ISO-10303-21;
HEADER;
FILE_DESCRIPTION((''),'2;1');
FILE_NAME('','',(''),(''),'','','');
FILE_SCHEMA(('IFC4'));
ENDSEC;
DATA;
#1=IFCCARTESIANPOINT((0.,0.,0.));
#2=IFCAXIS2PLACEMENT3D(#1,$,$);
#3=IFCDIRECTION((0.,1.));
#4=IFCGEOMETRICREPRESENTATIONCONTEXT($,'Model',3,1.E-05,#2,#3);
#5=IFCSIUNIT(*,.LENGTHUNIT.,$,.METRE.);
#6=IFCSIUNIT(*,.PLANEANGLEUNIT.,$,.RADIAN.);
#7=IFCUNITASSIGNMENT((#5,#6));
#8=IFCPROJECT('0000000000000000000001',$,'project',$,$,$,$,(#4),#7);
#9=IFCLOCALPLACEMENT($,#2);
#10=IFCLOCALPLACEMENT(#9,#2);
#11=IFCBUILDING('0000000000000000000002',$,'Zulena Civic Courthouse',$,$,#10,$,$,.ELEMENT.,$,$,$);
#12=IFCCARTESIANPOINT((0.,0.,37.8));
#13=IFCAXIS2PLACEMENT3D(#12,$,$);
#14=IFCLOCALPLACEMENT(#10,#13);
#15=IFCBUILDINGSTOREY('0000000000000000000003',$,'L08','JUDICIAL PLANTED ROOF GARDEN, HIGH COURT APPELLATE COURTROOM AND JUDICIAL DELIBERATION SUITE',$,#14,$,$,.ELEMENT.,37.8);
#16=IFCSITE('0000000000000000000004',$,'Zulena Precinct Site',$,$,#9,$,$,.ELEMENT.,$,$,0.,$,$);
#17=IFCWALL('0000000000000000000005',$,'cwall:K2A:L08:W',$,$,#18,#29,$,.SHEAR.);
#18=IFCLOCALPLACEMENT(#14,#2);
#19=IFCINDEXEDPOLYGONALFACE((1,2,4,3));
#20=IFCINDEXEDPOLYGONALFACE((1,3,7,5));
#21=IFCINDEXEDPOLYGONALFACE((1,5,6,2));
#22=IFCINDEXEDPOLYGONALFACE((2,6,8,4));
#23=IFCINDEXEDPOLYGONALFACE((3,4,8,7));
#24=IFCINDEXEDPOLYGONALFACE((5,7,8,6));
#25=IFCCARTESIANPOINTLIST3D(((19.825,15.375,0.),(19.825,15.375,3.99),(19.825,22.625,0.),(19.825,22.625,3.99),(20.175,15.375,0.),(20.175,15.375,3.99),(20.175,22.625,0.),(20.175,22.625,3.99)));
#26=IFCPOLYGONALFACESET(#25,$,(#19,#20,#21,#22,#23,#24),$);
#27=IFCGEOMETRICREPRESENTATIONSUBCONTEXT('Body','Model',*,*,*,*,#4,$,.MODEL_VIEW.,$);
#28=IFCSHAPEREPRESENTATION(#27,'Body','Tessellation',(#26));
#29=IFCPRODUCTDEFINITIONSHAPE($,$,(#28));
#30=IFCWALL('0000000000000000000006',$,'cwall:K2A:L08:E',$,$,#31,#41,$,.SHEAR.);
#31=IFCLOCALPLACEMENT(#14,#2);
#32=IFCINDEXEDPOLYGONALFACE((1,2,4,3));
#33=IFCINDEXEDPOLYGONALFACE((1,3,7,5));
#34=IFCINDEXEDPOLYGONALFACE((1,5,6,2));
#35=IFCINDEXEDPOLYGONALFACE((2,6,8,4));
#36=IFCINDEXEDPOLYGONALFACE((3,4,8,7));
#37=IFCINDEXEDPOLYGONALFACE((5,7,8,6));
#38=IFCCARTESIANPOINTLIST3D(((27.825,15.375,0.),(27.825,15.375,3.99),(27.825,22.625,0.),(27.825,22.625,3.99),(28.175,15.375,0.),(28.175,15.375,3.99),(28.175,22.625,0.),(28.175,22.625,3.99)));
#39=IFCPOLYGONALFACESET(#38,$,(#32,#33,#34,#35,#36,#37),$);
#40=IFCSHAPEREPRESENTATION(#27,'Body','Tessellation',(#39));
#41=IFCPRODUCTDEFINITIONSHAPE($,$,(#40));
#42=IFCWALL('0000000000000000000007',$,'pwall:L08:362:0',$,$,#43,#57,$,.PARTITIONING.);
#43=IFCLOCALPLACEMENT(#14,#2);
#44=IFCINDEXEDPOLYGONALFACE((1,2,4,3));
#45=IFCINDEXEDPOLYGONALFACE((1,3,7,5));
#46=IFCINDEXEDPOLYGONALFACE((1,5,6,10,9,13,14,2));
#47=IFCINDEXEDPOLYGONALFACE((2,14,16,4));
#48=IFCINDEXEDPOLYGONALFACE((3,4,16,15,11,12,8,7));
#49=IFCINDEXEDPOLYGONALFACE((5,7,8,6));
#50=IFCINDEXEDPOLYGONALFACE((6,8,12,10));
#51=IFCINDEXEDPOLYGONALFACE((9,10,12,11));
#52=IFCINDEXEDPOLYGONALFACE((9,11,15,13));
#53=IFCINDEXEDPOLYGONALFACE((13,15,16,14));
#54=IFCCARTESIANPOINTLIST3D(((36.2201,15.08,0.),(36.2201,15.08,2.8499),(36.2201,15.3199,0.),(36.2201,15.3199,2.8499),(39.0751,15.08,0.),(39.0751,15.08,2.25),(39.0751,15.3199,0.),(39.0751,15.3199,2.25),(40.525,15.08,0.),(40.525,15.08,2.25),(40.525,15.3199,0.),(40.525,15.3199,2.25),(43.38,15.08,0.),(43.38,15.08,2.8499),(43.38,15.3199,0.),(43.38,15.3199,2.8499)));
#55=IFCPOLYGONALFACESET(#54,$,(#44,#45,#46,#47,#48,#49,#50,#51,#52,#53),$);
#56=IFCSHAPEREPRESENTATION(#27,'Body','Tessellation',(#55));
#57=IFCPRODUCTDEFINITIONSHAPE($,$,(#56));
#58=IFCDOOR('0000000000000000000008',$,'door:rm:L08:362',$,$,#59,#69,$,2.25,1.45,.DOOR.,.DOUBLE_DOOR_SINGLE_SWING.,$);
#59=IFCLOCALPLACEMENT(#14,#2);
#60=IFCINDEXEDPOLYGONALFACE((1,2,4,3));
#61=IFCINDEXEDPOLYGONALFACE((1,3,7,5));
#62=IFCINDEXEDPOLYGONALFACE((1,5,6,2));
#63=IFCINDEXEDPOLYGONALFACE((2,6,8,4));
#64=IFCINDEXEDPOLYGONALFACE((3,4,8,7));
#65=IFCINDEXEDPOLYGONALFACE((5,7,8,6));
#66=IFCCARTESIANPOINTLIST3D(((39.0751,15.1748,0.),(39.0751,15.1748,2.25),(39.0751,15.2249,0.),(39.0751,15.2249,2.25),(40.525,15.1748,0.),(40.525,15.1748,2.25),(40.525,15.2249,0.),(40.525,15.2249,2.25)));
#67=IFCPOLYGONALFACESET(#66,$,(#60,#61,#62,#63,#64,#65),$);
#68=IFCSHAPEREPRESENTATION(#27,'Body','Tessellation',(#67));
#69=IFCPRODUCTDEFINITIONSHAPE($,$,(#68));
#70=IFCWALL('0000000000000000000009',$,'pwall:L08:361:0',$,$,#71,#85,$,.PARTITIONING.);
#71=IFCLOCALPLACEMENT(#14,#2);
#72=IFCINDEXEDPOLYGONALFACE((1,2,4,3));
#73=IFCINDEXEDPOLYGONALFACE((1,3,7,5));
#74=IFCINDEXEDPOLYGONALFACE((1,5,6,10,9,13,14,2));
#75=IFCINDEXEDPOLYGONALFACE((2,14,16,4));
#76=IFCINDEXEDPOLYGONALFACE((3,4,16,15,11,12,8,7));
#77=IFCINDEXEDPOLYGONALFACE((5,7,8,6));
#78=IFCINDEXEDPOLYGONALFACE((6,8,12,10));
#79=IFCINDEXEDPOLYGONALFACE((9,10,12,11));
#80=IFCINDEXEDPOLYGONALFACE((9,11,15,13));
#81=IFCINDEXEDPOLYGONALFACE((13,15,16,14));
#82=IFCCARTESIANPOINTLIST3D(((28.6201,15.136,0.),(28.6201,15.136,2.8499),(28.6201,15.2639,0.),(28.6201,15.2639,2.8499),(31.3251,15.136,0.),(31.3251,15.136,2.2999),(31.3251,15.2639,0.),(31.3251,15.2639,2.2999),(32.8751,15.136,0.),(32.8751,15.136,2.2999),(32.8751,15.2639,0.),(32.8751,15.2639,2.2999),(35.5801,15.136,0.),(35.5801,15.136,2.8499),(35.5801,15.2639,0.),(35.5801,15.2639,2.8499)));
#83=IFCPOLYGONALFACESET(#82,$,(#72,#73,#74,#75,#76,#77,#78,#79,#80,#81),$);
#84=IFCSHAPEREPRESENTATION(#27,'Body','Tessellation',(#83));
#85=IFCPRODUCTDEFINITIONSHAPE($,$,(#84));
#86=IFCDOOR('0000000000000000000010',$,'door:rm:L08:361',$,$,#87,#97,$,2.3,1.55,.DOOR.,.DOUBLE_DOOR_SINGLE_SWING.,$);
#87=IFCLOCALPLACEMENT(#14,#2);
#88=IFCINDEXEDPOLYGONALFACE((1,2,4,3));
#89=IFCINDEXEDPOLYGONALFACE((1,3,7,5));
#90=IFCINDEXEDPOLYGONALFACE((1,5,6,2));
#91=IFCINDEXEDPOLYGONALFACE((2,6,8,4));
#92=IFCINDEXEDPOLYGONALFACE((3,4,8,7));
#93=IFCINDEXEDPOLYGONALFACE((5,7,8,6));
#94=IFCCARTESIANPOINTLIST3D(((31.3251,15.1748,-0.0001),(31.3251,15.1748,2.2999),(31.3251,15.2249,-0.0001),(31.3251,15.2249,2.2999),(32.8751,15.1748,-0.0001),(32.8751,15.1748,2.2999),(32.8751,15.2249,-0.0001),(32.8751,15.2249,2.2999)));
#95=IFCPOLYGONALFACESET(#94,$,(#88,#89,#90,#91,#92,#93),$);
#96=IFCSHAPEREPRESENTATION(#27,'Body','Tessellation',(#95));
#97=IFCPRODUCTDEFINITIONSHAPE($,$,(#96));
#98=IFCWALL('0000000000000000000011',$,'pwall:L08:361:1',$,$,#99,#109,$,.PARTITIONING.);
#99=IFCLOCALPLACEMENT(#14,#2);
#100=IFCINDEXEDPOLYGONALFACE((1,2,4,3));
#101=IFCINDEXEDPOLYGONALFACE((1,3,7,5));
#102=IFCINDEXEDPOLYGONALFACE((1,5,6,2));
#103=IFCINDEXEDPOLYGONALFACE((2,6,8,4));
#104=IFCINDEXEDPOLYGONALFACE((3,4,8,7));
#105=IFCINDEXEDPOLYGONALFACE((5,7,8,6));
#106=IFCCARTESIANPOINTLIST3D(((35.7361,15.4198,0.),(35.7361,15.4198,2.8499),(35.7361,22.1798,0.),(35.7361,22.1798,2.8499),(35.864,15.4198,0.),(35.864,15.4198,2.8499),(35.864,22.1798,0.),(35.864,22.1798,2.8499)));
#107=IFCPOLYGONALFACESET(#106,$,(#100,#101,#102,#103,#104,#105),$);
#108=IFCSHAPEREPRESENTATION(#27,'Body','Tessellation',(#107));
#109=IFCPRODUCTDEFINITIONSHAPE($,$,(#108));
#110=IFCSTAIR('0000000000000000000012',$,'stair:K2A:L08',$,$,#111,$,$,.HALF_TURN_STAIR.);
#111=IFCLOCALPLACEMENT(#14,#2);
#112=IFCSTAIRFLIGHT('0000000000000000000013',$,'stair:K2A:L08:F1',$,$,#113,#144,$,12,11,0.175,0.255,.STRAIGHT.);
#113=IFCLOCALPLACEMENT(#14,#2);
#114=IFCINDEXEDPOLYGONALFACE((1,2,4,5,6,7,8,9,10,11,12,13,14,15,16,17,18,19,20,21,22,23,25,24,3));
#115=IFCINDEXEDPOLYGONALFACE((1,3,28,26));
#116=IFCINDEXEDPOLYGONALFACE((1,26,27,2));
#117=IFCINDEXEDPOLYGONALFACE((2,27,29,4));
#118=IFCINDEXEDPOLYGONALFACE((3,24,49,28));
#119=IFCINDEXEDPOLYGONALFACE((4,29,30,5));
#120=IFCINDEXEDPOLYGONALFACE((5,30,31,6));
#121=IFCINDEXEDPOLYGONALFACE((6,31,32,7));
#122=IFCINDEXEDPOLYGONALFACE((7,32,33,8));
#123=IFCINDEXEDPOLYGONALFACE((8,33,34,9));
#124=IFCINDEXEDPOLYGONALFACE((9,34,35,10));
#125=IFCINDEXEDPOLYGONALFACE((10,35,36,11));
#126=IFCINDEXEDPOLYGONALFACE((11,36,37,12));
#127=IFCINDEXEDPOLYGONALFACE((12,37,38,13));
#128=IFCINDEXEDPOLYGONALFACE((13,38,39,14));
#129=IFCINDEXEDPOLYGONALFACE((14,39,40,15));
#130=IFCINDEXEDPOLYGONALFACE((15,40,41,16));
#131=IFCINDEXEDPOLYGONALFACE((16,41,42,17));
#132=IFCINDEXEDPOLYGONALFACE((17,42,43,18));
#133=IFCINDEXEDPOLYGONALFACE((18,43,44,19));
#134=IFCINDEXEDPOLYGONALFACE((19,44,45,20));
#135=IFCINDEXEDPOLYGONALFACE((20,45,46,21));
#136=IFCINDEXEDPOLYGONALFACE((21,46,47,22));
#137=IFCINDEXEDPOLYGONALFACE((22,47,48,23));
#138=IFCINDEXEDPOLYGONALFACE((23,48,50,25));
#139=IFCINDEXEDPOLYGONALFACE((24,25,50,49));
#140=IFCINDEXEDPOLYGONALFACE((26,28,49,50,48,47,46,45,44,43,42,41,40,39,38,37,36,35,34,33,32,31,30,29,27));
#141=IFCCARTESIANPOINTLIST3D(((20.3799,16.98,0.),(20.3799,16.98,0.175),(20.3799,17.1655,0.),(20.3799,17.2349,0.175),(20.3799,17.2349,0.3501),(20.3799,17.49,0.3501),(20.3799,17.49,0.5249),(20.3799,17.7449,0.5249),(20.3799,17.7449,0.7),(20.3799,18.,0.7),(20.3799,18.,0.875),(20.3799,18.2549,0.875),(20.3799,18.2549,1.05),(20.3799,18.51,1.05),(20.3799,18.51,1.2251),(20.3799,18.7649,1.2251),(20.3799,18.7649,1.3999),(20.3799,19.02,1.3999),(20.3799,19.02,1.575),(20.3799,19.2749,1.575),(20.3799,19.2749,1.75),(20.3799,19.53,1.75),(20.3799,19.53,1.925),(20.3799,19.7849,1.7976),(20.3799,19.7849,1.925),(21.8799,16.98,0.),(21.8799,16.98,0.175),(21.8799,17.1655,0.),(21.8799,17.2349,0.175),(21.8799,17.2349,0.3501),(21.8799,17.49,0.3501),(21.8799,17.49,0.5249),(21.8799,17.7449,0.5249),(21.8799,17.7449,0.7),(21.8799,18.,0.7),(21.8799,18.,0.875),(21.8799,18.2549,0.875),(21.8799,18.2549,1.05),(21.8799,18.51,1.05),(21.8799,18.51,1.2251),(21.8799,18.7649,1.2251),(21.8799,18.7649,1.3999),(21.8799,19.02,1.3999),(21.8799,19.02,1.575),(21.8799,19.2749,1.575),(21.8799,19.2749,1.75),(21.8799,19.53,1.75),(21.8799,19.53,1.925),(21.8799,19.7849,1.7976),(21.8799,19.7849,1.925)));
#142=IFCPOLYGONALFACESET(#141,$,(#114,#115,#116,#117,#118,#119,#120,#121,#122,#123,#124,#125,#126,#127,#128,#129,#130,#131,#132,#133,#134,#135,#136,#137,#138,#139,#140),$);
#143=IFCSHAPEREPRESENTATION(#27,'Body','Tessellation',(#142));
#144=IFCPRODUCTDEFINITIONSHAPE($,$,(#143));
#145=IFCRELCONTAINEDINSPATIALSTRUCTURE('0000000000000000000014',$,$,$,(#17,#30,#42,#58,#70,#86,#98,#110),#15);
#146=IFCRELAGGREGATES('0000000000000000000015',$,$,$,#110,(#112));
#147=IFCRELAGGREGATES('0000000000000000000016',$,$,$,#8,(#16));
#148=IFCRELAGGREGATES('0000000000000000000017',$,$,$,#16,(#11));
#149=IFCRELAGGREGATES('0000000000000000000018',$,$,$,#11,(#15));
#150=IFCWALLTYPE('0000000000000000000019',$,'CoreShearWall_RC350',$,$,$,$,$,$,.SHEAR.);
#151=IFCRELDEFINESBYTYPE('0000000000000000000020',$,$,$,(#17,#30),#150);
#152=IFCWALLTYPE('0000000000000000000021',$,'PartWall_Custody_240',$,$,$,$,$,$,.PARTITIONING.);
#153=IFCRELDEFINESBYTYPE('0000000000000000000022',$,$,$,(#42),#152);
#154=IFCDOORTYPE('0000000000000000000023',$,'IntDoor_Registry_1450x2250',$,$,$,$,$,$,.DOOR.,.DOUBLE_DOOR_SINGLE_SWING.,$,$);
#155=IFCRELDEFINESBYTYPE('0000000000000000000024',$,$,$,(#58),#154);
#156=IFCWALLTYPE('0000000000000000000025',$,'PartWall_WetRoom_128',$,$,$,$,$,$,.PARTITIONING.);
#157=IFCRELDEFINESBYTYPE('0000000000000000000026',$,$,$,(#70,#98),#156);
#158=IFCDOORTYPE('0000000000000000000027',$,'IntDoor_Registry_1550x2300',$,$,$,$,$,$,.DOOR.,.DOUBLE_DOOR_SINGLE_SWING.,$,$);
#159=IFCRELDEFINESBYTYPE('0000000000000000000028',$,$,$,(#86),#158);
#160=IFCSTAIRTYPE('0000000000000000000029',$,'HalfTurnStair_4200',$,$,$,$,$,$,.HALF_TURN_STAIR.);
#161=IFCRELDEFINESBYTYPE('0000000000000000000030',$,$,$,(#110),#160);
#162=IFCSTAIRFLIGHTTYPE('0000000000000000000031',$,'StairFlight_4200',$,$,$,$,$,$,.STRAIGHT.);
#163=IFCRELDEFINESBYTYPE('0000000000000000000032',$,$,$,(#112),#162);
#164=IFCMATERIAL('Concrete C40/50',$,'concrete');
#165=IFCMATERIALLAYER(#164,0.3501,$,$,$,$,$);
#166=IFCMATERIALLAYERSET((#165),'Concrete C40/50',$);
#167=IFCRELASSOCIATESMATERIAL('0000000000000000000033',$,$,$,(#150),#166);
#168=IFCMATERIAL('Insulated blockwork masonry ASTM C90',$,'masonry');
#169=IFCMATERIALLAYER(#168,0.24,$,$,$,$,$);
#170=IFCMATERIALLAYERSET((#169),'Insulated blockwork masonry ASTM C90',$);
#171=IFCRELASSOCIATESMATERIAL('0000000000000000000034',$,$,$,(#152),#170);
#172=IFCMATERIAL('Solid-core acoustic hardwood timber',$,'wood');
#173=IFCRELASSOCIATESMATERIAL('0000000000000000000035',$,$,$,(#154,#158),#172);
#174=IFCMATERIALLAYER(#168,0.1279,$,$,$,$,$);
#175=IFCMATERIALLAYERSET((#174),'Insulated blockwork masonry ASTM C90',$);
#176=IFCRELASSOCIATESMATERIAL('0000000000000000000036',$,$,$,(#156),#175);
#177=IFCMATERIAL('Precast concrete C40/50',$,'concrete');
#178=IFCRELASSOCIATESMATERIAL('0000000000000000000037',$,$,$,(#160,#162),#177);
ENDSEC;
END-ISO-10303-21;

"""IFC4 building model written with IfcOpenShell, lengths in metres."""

from ifc_helpers import new_model, si_unit, direction, frame, frame_2d, origin, place, context, subcontext, project, spatial, polyline, rectangle, outline, extrude, material, layer, layer_set, type_object, element, fill, aggregate, save


model = new_model("IFC4")

# Units and contexts
model_context = context("Model", 3, precision=1e-05, world=origin(), true_north=direction((0.0, 1.0)))
body_context = subcontext(model_context, "Body", "Model", "MODEL_VIEW")
ifc_project = project(units=[si_unit("LENGTHUNIT", "METRE"), si_unit("PLANEANGLEUNIT", "RADIAN")], contexts=[model_context])

# Site, building, storey
site_placement = place(None, origin())
site = spatial("IfcSite", under=ifc_project, at=site_placement, Name="Zulena Precinct Site", CompositionType="ELEMENT", RefElevation=0.0)
building_placement = place(site_placement, origin())
building = spatial("IfcBuilding", under=site, at=building_placement, Name="Zulena Civic Courthouse", CompositionType="ELEMENT")
storey_placement = place(building_placement, frame((0.0, 0.0, 37.8)))
storey = spatial("IfcBuildingStorey", under=building, at=storey_placement, Name="L08", Description="JUDICIAL PLANTED ROOF GARDEN, HIGH COURT APPELLATE COURTROOM AND JUDICIAL DELIBERATION SUITE", CompositionType="ELEMENT", Elevation=37.8)

# Shared definitions
ifc_material_1 = material(Name="Concrete C40/50", Category="concrete")

# Walls
ifc_layer_1 = layer(ifc_material_1, 0.3501)
ifc_layer_set_1 = layer_set([ifc_layer_1], Name="Concrete C40/50")
wall_type_1 = type_object("IfcWallType", Name="CoreShearWall_RC350", PredefinedType="SHEAR", material=ifc_layer_set_1)
for number, where, z_axis, x_axis, name in (
    (1, (20.0, 15.375, 0.0), (0.0, 0.0, 1.0), (0.0, 1.0, 0.0), "cwall:K2A:L08:W"),
    (2, (28.0, 15.375, 0.0), (0.0, 0.0, 1.0), (0.0, 1.0, 0.0), "cwall:K2A:L08:E"),
):
    element("IfcWall", number, at=place(storey_placement, frame(where, z_axis=z_axis, x_axis=x_axis)), inside=storey, type_object=wall_type_1, Name=name, PredefinedType="SHEAR", context=body_context, shape_type="SweptSolid", body=[
        extrude(rectangle(XDim=7.25, YDim=0.3501, at=frame_2d((3.625, 0.0))), origin(), (0.0, 0.0, 1.0), 3.99),
    ])

# Walls, openings, doors
ifc_material_2 = material(Name="Insulated blockwork masonry ASTM C90", Category="masonry")
ifc_layer_2 = layer(ifc_material_2, 0.24)
ifc_layer_set_2 = layer_set([ifc_layer_2], Name="Insulated blockwork masonry ASTM C90")
wall_type_2 = type_object("IfcWallType", Name="PartWall_Custody_240", PredefinedType="PARTITIONING", material=ifc_layer_set_2)
wall_1_placement = place(storey_placement, frame((36.22, 15.2, 0.0), z_axis=(0.0, 0.0, 1.0), x_axis=(1.0, 0.0, 0.0)))
wall_1 = element("IfcWall", 3, at=wall_1_placement, inside=storey, type_object=wall_type_2, Name="pwall:L08:362:0", PredefinedType="PARTITIONING", context=body_context, shape_type="SweptSolid", body=[
    extrude(rectangle(XDim=7.1599, YDim=0.24, at=frame_2d((3.5801, 0.0))), origin(), (0.0, 0.0, 1.0), 2.8499),
])
opening_1_placement = place(wall_1_placement, frame((2.855, 0.0, 0.0)))
opening_1 = element("IfcOpeningElement", 4, at=opening_1_placement, cuts=wall_1, PredefinedType="OPENING", context=body_context, shape_type="SweptSolid", body=[
    extrude(rectangle(XDim=1.45, YDim=2.25, at=frame_2d((0.7251, 1.125))), frame((0.0, 0.1299, 0.0), z_axis=(0.0, -1.0, 0.0), x_axis=(1.0, 0.0, 0.0)), (0.0, 0.0, 1.0), 0.26),
])
ifc_material_3 = material(Name="Solid-core acoustic hardwood timber", Category="wood")
door_type_1 = type_object("IfcDoorType", Name="IntDoor_Registry_1450x2250", OperationType="DOUBLE_DOOR_SINGLE_SWING", PredefinedType="DOOR", material=ifc_material_3)
door_1_placement = place(opening_1_placement, origin())
door_1 = element("IfcDoor", 5, at=door_1_placement, inside=storey, type_object=door_type_1, Name="door:rm:L08:362", OperationType="DOUBLE_DOOR_SINGLE_SWING", OverallHeight=2.25, OverallWidth=1.45, PredefinedType="DOOR", context=body_context, shape_type="SweptSolid", body=[
    extrude(rectangle(XDim=1.45, YDim=2.25, at=frame_2d((0.7251, 1.125))), frame((0.0, 0.0249, 0.0), z_axis=(0.0, -1.0, 0.0), x_axis=(1.0, 0.0, 0.0)), (0.0, 0.0, 1.0), 0.05),
])
fill(opening_1, door_1)
ifc_layer_3 = layer(ifc_material_2, 0.1279)
ifc_layer_set_3 = layer_set([ifc_layer_3], Name="Insulated blockwork masonry ASTM C90")
wall_type_3 = type_object("IfcWallType", Name="PartWall_WetRoom_128", PredefinedType="PARTITIONING", material=ifc_layer_set_3)
wall_2_placement = place(storey_placement, frame((28.6201, 15.2, 0.0), z_axis=(0.0, 0.0, 1.0), x_axis=(1.0, 0.0, 0.0)))
wall_2 = element("IfcWall", 6, at=wall_2_placement, inside=storey, type_object=wall_type_3, Name="pwall:L08:361:0", PredefinedType="PARTITIONING", context=body_context, shape_type="SweptSolid", body=[
    extrude(rectangle(XDim=6.96, YDim=0.1279, at=frame_2d((3.48, 0.0))), origin(), (0.0, 0.0, 1.0), 2.8499),
])
opening_2_placement = place(wall_2_placement, frame((2.7051, 0.0, 0.0)))
opening_2 = element("IfcOpeningElement", 7, at=opening_2_placement, cuts=wall_2, PredefinedType="OPENING", context=body_context, shape_type="SweptSolid", body=[
    extrude(rectangle(XDim=1.55, YDim=2.3, at=frame_2d((0.7749, 1.1499))), frame((0.0, 0.074, 0.0), z_axis=(0.0, -1.0, 0.0), x_axis=(1.0, 0.0, 0.0)), (0.0, 0.0, 1.0), 0.1479),
])
door_type_2 = type_object("IfcDoorType", Name="IntDoor_Registry_1550x2300", OperationType="DOUBLE_DOOR_SINGLE_SWING", PredefinedType="DOOR", material=ifc_material_3)
door_2_placement = place(opening_2_placement, origin())
door_2 = element("IfcDoor", 8, at=door_2_placement, inside=storey, type_object=door_type_2, Name="door:rm:L08:361", OperationType="DOUBLE_DOOR_SINGLE_SWING", OverallHeight=2.3, OverallWidth=1.55, PredefinedType="DOOR", context=body_context, shape_type="SweptSolid", body=[
    extrude(rectangle(XDim=1.55, YDim=2.3, at=frame_2d((0.7749, 1.1499))), frame((0.0, 0.0249, 0.0), z_axis=(0.0, -1.0, 0.0), x_axis=(1.0, 0.0, 0.0)), (0.0, 0.0, 1.0), 0.05),
])
fill(opening_2, door_2)

# Wall
wall_3_placement = place(storey_placement, frame((35.8, 15.4199, 0.0), z_axis=(0.0, 0.0, 1.0), x_axis=(0.0, 1.0, 0.0)))
element("IfcWall", 9, at=wall_3_placement, inside=storey, type_object=wall_type_3, Name="pwall:L08:361:1", PredefinedType="PARTITIONING", context=body_context, shape_type="SweptSolid", body=[
    extrude(rectangle(XDim=6.76, YDim=0.1279, at=frame_2d((3.3799, 0.0))), origin(), (0.0, 0.0, 1.0), 2.8499),
])

# Stair, stair flight
ifc_material_4 = material(Name="Precast concrete C40/50", Category="concrete")
stair_type = type_object("IfcStairType", Name="HalfTurnStair_4200", PredefinedType="HALF_TURN_STAIR", material=ifc_material_4)
stair_placement = place(storey_placement, origin())
stair = element("IfcStair", 10, at=stair_placement, inside=storey, type_object=stair_type, Name="stair:K2A:L08", PredefinedType="HALF_TURN_STAIR")
stair_flight_type = type_object("IfcStairFlightType", Name="StairFlight_4200", PredefinedType="STRAIGHT", material=ifc_material_4)
stair_flight_placement = place(storey_placement, frame((21.1299, 16.98, 0.0), z_axis=(0.0, 0.0, 1.0), x_axis=(0.0, 1.0, 0.0)))
stair_flight = element("IfcStairFlight", 11, at=stair_flight_placement, type_object=stair_flight_type, Name="stair:K2A:L08:F1", NumberOfRisers=12, NumberOfTreads=11, PredefinedType="STRAIGHT", RiserHeight=0.175, TreadLength=0.255, context=body_context, shape_type="SweptSolid", body=[
    extrude(outline(polyline([(0.0, 0.0), (0.0, 0.175), (0.2549, 0.175), (0.2549, 0.3501), (0.51, 0.3501), (0.51, 0.5249), (0.7649, 0.5249), (0.7649, 0.7), (1.02, 0.7), (1.02, 0.875), (1.2749, 0.875), (1.2749, 1.05), (1.53, 1.05), (1.53, 1.2251), (1.7849, 1.2251), (1.7849, 1.3999), (2.04, 1.3999), (2.04, 1.575), (2.2949, 1.575), (2.2949, 1.75), (2.55, 1.75), (2.55, 1.925), (2.8049, 1.925), (2.8049, 2.1001), (2.8049, 1.7976), (0.1855, 0.0), (0.0, 0.0)])), frame((0.0, 0.75, 0.0), z_axis=(0.0, -1.0, 0.0), x_axis=(1.0, 0.0, 0.0)), (0.0, 0.0, 1.0), 1.5),
])
aggregate(stair, [stair_flight])

save(model, "model.ifc")
